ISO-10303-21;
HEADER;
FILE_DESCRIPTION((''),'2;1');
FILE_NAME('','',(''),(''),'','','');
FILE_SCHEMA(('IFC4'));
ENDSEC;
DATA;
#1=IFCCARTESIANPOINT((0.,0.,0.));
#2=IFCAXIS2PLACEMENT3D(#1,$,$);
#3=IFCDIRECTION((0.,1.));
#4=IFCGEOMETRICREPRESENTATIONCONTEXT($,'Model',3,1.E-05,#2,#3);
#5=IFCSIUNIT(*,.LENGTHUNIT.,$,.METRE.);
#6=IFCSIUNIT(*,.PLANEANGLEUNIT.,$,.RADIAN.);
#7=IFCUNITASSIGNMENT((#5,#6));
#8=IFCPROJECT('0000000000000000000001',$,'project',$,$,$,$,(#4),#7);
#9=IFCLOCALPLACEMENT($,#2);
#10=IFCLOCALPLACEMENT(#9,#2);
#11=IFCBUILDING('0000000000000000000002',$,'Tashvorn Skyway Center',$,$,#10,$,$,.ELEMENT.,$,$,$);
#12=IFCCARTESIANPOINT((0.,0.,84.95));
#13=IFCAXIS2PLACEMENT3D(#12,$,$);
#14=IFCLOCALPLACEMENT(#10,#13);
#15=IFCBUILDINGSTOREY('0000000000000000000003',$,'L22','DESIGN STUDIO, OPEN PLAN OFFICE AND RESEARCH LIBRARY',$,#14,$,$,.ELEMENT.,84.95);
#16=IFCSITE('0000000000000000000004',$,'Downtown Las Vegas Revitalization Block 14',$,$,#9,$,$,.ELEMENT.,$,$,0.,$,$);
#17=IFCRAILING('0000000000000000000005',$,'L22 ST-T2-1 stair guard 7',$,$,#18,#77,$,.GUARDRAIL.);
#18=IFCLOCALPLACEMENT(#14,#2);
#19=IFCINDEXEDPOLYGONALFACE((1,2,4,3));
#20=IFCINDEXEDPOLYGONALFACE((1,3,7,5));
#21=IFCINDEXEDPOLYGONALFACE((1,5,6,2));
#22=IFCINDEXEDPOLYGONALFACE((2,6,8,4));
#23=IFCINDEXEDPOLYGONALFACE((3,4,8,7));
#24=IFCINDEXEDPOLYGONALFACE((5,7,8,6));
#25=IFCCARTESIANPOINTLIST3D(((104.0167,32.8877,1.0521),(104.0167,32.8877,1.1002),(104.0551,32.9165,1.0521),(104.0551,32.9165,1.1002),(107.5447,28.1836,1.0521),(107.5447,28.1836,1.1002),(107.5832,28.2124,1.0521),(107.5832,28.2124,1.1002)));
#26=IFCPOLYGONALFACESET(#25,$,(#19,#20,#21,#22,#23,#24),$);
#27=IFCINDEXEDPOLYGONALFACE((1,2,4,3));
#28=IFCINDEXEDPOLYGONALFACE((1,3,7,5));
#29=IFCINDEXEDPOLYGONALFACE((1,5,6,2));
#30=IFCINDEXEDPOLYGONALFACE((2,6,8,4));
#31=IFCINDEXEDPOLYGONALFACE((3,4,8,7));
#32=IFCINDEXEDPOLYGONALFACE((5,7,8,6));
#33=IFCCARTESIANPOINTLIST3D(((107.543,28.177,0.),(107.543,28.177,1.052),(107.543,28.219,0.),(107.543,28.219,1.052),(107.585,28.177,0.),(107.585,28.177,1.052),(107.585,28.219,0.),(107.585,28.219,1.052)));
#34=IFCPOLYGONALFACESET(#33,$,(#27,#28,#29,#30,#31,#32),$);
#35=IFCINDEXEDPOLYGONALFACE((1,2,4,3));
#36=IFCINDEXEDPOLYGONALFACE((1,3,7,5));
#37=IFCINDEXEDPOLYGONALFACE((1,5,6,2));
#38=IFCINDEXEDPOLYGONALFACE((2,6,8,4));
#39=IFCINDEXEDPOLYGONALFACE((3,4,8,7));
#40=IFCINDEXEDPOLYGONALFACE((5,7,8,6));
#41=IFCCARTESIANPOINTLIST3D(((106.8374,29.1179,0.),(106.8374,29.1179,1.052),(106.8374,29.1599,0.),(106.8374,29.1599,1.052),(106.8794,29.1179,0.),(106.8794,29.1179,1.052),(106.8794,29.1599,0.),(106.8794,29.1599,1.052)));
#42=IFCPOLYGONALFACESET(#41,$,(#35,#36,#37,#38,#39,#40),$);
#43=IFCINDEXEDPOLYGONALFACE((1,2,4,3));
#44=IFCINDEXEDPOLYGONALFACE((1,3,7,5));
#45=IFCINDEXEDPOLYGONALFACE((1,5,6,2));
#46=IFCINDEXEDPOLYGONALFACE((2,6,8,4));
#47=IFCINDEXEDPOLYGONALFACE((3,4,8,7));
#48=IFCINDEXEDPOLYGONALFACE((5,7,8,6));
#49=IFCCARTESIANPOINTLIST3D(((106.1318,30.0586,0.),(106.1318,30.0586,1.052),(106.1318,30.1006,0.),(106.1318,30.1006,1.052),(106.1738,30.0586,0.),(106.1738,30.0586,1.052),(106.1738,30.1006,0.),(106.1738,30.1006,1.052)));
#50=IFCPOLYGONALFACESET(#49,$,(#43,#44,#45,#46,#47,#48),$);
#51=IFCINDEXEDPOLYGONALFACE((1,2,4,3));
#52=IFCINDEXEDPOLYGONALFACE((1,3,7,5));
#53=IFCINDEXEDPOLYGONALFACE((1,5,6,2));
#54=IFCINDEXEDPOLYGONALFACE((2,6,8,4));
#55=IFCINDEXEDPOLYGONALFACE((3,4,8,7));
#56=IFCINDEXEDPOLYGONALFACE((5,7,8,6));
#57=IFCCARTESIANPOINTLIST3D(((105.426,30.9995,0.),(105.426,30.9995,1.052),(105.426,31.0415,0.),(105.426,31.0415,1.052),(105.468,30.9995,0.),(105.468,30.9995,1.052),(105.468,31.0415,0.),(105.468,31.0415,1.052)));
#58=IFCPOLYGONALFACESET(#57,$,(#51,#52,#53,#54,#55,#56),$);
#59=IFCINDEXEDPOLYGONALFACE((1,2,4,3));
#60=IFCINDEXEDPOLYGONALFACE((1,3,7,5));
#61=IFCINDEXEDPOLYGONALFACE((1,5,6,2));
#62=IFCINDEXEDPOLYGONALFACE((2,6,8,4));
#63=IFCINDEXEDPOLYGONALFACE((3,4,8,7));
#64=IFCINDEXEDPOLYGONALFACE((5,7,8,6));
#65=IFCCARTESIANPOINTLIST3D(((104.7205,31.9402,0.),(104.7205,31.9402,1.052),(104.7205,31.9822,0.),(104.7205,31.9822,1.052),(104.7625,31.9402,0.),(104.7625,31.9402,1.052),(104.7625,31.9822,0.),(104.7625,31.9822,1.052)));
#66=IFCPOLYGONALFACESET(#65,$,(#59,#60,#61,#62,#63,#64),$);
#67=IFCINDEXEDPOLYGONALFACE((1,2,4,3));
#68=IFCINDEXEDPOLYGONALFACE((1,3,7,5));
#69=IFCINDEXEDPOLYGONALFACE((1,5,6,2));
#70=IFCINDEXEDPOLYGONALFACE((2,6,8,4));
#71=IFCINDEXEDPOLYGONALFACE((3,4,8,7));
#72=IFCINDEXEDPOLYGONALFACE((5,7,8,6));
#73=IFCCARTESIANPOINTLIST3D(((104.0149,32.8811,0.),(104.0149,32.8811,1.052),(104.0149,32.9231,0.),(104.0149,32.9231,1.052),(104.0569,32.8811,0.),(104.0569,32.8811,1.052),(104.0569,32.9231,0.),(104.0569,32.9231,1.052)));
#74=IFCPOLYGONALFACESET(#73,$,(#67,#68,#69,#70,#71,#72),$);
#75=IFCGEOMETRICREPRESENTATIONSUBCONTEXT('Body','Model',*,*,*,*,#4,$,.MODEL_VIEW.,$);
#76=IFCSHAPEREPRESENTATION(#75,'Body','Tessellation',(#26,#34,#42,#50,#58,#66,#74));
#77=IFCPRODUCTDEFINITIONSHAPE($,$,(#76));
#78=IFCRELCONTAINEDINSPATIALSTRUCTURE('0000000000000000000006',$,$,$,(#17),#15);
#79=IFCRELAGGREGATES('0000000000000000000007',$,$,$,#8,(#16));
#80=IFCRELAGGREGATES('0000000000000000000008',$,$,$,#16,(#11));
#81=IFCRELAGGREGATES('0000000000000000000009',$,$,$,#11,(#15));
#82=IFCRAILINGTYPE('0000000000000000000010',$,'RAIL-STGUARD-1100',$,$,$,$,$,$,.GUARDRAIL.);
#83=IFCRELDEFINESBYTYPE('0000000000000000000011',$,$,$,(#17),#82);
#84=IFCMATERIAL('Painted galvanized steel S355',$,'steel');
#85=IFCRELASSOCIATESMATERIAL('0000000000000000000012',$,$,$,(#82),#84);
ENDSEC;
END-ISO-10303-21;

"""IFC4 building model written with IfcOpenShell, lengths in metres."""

from ifc_helpers import new_model, si_unit, direction, frame, origin, origin_2d, place, context, subcontext, project, spatial, rectangle, extrude, material, type_object, element, save


model = new_model("IFC4")

# Units and contexts
model_context = context("Model", 3, precision=1e-05, world=origin(), true_north=direction((0.0, 1.0)))
body_context = subcontext(model_context, "Body", "Model", "MODEL_VIEW")
ifc_project = project(units=[si_unit("LENGTHUNIT", "METRE"), si_unit("PLANEANGLEUNIT", "RADIAN")], contexts=[model_context])

# Site, building, storey
site_placement = place(None, origin())
site = spatial("IfcSite", under=ifc_project, at=site_placement, Name="Downtown Las Vegas Revitalization Block 14", CompositionType="ELEMENT", RefElevation=0.0)
building_placement = place(site_placement, origin())
building = spatial("IfcBuilding", under=site, at=building_placement, Name="Tashvorn Skyway Center", CompositionType="ELEMENT")
storey_placement = place(building_placement, frame((0.0, 0.0, 84.95)))
storey = spatial("IfcBuildingStorey", under=building, at=storey_placement, Name="L22", Description="DESIGN STUDIO, OPEN PLAN OFFICE AND RESEARCH LIBRARY", CompositionType="ELEMENT", Elevation=84.95)

# Railing
ifc_material_1 = material(Name="Painted galvanized steel S355", Category="steel")
railing_type_1 = type_object("IfcRailingType", Name="RAIL-STGUARD-1100", PredefinedType="GUARDRAIL", material=ifc_material_1)
railing_1_placement = place(storey_placement, frame((107.564, 28.198, 0.0)))
element("IfcRailing", 1, at=railing_1_placement, inside=storey, type_object=railing_type_1, Name="L22 ST-T2-1 stair guard 7", PredefinedType="GUARDRAIL", context=body_context, shape_type="SweptSolid", body=[
    extrude(rectangle(XDim=0.0481, YDim=0.0481, at=origin_2d()), frame((0.0, 0.0, 1.0762), z_axis=(-0.6, 0.8, 0.0), x_axis=(-0.8, -0.6, 0.0)), (0.0, 0.0, 1.0), 5.8801),
    extrude(rectangle(XDim=0.042, YDim=0.042, at=origin_2d()), origin(), (0.0, 0.0, 1.0), 1.052),
    extrude(rectangle(XDim=0.042, YDim=0.042, at=origin_2d()), frame((-0.7056, 0.9409, 0.0)), (0.0, 0.0, 1.0), 1.052),
    extrude(rectangle(XDim=0.042, YDim=0.042, at=origin_2d()), frame((-1.4111, 1.8816, 0.0)), (0.0, 0.0, 1.0), 1.052),
    extrude(rectangle(XDim=0.042, YDim=0.042, at=origin_2d()), frame((-2.1169, 2.8225, 0.0)), (0.0, 0.0, 1.0), 1.052),
    extrude(rectangle(XDim=0.042, YDim=0.042, at=origin_2d()), frame((-2.8225, 3.7632, 0.0)), (0.0, 0.0, 1.0), 1.052),
    extrude(rectangle(XDim=0.042, YDim=0.042, at=origin_2d()), frame((-3.5281, 4.7041, 0.0)), (0.0, 0.0, 1.0), 1.052),
])

save(model, "model.ifc")
